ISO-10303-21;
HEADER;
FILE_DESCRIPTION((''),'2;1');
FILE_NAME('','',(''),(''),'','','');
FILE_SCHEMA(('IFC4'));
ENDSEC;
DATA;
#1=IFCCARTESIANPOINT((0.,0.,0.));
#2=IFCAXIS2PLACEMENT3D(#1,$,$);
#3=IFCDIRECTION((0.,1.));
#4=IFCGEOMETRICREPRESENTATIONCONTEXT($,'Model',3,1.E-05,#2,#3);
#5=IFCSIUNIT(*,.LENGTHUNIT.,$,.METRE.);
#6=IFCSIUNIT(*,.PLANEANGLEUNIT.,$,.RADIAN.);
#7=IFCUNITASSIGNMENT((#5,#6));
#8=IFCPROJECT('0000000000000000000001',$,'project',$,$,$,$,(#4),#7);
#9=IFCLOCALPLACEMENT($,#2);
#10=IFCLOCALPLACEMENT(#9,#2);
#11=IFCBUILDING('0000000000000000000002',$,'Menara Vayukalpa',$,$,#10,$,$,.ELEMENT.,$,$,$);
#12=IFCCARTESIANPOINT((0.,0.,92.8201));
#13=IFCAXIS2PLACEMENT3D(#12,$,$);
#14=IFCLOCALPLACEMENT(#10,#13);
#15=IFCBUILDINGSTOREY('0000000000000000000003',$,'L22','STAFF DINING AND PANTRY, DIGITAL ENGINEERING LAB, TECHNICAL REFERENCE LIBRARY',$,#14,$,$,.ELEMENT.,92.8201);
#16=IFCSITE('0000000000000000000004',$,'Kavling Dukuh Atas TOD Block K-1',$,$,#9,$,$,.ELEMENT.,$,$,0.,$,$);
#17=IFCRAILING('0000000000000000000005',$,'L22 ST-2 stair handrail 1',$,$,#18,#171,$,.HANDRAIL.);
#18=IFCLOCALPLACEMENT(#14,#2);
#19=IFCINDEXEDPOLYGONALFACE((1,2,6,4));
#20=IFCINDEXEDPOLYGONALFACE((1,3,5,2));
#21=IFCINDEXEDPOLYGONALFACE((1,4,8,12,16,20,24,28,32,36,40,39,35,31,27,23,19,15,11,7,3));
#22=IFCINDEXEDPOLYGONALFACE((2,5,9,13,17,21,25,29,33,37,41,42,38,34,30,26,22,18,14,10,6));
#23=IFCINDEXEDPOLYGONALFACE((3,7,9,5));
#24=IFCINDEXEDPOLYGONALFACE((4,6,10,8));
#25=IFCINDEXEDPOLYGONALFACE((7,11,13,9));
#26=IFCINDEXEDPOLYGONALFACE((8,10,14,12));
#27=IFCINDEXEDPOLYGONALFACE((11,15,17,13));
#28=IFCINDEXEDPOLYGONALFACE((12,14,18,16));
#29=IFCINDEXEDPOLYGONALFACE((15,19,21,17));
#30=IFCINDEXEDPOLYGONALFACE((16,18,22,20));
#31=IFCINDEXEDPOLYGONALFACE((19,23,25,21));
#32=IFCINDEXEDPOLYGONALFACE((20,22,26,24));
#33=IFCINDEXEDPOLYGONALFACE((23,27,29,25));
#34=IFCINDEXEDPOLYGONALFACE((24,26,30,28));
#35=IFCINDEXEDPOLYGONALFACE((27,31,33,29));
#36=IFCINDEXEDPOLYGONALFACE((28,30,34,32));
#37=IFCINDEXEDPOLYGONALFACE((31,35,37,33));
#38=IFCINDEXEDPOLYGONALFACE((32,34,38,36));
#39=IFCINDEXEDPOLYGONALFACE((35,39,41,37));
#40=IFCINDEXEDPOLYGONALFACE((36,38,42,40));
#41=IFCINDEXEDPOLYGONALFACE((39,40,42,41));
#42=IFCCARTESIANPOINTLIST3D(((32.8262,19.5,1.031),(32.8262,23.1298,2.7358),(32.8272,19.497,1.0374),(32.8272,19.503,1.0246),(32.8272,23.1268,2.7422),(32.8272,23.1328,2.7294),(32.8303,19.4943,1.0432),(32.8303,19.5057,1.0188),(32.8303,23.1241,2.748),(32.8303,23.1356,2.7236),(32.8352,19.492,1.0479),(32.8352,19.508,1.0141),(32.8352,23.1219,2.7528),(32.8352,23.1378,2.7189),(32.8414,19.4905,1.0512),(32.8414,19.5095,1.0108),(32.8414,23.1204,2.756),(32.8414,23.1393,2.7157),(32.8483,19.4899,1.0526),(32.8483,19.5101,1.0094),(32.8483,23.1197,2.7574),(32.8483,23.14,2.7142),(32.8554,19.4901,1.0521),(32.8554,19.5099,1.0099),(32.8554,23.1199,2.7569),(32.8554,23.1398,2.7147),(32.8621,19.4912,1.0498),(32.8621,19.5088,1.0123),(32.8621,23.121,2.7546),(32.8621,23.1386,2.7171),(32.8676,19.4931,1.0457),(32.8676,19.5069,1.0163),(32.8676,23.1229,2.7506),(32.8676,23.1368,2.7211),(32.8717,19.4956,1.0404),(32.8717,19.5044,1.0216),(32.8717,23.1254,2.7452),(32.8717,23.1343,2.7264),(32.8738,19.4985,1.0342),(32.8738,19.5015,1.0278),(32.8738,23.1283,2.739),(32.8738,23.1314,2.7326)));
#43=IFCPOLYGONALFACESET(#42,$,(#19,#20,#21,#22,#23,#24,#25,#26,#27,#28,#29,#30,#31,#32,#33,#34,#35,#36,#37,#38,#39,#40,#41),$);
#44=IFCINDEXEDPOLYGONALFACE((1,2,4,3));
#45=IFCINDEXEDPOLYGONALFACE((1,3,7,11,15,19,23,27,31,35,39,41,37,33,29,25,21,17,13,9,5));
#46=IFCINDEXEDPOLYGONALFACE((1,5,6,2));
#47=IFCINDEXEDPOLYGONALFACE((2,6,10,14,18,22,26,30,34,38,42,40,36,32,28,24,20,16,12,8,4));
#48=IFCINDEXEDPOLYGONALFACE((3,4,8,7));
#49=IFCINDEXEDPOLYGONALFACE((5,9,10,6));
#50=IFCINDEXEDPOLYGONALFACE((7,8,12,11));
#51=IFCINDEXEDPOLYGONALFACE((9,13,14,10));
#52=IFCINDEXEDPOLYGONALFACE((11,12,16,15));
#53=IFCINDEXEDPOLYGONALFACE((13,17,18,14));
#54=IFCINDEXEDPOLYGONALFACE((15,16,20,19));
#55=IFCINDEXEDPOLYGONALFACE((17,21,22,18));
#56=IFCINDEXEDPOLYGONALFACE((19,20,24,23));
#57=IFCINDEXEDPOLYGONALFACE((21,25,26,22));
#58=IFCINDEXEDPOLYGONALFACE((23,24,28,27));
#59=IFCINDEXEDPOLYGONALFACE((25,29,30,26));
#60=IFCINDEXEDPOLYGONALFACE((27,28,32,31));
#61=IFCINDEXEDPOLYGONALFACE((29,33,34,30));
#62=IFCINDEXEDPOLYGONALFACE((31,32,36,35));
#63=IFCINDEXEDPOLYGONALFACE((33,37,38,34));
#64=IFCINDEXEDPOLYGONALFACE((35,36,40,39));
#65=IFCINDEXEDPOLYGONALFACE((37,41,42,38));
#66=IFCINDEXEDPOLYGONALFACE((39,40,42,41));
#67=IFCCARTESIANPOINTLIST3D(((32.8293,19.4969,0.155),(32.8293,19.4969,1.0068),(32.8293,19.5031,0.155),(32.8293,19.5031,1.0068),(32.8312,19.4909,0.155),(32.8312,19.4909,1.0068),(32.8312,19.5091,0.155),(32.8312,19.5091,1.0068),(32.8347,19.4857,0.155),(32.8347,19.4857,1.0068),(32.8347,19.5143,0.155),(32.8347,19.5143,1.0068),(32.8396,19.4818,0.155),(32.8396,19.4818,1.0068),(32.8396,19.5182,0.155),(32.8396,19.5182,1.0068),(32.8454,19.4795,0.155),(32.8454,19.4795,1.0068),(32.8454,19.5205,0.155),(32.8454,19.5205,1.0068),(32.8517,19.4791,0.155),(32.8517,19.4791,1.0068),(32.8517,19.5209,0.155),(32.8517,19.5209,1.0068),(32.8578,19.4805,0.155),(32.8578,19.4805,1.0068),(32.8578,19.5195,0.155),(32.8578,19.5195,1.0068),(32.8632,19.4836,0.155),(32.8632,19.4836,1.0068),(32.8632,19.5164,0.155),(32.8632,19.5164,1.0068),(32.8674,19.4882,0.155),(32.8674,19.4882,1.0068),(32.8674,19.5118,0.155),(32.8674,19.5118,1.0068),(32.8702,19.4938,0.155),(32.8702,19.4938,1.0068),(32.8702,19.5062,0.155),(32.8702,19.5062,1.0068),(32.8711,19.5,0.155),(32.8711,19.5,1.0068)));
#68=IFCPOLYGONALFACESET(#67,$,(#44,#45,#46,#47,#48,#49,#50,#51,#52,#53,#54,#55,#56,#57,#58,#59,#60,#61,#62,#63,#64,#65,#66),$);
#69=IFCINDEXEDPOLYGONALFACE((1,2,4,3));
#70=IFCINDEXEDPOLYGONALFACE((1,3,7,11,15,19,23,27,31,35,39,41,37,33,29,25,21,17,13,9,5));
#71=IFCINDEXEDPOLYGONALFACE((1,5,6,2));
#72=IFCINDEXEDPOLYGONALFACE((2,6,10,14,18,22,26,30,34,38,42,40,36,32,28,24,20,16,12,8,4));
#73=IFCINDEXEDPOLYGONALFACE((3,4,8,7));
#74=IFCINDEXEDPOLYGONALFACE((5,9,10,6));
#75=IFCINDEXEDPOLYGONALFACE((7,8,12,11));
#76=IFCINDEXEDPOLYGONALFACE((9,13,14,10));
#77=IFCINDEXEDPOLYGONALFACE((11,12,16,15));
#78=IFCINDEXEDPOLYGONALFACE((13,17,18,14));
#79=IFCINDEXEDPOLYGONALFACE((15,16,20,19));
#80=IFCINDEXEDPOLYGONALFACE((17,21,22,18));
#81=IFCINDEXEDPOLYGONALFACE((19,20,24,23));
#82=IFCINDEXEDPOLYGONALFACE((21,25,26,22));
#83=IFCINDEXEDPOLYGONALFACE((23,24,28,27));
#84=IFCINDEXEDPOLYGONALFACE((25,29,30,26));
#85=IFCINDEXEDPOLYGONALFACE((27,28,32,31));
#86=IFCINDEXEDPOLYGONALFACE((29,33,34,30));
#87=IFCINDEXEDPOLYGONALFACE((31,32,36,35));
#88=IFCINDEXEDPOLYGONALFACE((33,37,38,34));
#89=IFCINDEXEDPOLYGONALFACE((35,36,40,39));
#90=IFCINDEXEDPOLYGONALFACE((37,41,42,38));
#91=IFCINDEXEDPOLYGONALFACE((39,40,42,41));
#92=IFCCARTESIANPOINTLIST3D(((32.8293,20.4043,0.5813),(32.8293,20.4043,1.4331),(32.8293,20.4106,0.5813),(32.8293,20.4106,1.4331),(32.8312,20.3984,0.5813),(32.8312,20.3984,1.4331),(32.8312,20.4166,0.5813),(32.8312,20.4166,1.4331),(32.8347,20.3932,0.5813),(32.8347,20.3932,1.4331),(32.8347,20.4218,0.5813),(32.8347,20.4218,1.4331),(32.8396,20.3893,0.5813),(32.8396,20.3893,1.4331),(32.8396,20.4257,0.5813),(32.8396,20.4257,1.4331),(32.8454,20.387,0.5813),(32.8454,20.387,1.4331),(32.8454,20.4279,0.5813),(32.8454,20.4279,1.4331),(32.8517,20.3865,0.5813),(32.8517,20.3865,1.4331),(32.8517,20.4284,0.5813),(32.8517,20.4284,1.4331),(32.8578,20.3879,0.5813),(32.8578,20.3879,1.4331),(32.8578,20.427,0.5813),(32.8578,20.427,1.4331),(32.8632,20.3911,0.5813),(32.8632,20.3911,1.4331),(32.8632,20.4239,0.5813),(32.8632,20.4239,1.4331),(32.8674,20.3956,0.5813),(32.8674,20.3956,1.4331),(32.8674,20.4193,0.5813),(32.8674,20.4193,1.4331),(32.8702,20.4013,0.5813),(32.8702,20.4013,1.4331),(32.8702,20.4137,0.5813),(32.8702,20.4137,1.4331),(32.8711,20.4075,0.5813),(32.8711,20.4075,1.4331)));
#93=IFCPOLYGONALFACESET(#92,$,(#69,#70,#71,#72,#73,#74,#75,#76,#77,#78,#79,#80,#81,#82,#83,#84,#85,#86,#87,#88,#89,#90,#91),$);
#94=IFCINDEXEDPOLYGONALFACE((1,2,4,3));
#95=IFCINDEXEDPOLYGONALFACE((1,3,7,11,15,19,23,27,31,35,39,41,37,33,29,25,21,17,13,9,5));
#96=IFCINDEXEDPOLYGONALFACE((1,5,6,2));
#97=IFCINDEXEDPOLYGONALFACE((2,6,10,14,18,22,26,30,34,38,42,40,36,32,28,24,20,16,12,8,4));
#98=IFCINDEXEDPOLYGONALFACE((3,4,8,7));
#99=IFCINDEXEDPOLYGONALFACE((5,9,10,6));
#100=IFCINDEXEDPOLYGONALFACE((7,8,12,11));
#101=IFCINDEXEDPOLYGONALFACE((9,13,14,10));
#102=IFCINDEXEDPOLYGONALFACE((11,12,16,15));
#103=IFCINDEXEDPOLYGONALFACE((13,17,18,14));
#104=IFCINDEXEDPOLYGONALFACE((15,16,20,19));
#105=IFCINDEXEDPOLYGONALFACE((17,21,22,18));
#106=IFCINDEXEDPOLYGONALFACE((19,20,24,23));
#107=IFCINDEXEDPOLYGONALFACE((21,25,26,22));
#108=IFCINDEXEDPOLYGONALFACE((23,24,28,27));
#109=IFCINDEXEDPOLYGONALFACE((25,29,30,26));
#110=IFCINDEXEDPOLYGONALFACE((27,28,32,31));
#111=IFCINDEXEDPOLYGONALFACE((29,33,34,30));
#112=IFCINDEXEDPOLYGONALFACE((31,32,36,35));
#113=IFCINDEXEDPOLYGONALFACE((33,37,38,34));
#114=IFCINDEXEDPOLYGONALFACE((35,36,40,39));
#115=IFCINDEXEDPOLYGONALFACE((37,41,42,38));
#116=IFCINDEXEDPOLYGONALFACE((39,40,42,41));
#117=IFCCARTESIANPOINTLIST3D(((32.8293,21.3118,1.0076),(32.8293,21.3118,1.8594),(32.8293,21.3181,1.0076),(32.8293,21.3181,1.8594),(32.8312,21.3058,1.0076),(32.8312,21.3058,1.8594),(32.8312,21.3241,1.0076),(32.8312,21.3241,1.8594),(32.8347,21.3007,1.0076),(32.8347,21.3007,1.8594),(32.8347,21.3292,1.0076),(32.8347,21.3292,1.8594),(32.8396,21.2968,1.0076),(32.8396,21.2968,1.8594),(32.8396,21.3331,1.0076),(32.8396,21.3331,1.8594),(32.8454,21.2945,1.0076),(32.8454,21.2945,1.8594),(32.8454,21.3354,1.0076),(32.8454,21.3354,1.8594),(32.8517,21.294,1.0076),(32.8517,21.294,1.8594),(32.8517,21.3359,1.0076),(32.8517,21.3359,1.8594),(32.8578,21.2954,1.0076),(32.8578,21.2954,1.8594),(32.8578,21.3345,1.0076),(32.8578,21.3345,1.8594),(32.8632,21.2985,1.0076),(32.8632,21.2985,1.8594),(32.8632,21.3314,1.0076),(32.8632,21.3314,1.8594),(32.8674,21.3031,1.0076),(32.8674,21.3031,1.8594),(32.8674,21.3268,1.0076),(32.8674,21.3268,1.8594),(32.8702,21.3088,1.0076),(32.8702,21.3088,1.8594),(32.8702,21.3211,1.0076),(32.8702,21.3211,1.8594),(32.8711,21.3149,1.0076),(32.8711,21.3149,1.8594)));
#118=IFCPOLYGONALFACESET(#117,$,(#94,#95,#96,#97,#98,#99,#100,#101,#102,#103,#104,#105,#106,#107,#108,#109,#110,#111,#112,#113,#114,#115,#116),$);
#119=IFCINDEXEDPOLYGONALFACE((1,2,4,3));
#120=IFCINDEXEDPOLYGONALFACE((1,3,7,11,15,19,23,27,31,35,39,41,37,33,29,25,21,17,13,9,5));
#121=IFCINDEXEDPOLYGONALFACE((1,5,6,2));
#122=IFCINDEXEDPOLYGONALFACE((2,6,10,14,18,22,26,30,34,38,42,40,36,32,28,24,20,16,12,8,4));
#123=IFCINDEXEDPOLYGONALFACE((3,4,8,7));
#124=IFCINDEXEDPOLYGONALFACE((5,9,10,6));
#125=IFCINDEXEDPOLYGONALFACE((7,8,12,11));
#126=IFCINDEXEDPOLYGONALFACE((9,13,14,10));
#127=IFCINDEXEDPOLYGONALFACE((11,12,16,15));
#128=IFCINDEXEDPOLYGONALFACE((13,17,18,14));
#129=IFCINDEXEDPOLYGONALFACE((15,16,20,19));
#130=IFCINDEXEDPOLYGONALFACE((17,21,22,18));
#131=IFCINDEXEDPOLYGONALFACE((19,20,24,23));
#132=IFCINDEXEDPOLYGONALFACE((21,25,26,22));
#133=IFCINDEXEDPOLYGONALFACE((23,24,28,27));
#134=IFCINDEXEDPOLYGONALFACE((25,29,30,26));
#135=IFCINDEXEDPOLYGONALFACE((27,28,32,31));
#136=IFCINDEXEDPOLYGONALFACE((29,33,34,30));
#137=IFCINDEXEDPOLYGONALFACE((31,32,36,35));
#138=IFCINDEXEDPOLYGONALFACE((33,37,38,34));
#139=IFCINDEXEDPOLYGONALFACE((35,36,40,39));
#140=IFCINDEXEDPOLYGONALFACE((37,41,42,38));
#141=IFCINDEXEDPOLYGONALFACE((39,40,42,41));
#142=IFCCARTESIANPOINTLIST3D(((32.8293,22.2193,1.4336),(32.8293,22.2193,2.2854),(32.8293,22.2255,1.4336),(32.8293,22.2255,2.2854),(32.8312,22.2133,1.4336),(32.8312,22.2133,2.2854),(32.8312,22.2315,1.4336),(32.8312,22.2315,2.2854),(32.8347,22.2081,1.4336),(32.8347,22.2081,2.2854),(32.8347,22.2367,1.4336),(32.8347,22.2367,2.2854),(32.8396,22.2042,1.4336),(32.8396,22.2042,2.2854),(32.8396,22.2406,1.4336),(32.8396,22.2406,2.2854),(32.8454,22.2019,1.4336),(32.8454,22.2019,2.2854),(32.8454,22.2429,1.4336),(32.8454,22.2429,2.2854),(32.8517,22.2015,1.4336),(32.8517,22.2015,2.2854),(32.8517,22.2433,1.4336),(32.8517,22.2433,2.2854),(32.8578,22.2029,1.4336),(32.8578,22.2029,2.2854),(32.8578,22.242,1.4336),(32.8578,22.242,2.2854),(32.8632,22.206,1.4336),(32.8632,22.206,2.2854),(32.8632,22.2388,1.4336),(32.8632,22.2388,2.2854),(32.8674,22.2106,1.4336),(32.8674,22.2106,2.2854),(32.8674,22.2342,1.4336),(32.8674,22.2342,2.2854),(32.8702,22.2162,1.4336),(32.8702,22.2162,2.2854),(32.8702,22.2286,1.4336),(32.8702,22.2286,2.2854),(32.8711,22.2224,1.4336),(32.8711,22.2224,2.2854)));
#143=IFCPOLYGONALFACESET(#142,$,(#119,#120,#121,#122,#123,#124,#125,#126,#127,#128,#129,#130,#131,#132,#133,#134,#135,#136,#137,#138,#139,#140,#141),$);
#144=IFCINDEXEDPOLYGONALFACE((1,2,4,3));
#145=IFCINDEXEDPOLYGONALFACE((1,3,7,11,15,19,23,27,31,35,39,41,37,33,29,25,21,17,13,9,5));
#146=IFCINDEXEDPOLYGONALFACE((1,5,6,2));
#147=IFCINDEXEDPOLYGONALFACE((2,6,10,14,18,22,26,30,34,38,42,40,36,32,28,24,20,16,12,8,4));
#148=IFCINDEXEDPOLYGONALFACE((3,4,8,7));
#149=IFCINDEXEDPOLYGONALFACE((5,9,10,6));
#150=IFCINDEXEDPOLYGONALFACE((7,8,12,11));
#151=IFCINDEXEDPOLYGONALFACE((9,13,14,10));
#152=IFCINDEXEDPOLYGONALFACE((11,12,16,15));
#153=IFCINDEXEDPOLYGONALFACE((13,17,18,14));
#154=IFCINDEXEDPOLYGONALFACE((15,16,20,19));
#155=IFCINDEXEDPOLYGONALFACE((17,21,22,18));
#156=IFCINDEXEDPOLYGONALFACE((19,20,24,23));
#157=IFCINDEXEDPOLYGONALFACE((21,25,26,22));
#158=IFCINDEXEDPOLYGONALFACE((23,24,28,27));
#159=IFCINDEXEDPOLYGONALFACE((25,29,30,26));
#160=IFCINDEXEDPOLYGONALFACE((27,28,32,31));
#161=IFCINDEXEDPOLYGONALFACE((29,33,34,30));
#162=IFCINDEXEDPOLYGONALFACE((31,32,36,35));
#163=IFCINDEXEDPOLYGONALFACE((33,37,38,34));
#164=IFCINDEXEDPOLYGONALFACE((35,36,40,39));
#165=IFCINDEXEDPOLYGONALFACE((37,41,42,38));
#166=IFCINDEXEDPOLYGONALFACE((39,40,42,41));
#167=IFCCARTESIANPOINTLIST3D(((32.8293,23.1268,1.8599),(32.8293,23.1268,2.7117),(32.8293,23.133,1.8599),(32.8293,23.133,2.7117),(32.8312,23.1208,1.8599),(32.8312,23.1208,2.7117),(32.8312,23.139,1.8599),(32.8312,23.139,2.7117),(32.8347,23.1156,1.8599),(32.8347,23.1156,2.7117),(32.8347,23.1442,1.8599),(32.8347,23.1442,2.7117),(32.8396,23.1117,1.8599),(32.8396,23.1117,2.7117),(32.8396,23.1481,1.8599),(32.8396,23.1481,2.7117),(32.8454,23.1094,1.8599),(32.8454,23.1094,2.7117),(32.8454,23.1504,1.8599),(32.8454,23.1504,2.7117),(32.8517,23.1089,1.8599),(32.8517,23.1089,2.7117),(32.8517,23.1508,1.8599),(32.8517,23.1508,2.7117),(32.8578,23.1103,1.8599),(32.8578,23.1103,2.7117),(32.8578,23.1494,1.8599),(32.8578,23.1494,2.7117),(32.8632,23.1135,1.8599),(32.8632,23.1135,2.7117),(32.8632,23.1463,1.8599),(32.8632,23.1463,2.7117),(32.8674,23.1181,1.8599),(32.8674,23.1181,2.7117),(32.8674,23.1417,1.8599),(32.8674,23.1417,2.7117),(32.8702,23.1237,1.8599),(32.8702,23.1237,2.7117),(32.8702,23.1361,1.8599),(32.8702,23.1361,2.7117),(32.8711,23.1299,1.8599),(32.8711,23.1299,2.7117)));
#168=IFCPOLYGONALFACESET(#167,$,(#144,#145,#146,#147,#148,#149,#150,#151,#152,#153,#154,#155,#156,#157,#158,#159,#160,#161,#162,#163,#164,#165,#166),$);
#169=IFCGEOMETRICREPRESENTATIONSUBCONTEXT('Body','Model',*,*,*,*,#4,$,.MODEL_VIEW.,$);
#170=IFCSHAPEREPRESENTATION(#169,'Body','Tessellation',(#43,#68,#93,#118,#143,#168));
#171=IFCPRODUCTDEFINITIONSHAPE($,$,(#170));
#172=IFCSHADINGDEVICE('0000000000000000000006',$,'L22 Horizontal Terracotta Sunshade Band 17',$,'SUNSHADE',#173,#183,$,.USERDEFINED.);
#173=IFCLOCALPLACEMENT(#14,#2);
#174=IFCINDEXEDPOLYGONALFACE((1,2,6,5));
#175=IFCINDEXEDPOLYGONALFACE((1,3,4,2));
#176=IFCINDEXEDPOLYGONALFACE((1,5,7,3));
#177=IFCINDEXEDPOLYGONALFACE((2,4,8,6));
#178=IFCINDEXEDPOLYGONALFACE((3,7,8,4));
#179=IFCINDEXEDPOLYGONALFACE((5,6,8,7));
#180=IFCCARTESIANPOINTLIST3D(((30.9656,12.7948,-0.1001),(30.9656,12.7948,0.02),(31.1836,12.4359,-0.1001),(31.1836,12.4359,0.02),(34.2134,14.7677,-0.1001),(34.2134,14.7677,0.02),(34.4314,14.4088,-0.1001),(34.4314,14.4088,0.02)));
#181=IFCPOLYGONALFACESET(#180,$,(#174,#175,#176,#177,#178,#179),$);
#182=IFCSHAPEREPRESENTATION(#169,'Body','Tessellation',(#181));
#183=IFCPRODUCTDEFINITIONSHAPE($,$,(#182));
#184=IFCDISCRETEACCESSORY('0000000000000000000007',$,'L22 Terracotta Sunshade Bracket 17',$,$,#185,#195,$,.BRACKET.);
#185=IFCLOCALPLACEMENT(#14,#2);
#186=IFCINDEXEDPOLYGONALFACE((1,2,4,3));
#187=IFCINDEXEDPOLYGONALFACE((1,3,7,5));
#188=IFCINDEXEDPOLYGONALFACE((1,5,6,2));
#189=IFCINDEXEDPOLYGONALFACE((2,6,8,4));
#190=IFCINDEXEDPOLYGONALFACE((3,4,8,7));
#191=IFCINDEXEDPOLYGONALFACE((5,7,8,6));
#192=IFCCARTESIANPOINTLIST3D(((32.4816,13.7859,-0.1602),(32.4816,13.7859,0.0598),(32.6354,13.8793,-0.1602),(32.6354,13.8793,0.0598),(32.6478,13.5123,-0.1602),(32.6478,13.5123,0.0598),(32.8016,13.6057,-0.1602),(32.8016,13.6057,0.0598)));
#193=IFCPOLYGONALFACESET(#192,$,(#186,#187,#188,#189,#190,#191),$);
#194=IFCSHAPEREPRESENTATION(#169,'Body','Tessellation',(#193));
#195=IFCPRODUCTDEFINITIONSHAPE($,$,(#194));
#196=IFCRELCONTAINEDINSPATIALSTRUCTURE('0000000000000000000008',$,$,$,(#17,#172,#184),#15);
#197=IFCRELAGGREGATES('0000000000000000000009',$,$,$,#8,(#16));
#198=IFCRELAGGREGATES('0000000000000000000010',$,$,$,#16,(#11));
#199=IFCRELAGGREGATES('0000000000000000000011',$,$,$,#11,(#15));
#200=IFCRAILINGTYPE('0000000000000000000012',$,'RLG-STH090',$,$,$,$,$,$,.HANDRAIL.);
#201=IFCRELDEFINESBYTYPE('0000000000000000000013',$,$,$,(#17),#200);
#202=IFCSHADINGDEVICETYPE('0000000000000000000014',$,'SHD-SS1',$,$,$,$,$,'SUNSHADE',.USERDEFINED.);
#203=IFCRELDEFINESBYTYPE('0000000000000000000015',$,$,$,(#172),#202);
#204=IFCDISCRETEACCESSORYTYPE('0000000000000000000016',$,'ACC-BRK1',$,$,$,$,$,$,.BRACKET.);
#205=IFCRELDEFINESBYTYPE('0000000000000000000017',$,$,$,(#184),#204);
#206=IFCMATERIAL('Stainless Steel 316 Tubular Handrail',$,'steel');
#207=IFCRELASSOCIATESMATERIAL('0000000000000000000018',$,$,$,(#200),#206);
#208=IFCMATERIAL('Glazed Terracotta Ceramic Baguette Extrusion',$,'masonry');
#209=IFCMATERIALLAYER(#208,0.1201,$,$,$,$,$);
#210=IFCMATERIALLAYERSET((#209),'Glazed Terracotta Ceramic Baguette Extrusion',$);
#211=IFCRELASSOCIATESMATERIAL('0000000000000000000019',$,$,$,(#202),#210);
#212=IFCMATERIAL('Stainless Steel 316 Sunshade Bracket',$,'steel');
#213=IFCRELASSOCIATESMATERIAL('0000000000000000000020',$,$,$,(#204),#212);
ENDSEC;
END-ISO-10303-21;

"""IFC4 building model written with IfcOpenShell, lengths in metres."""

from ifc_helpers import new_model, si_unit, direction, frame, origin, origin_2d, place, context, subcontext, project, spatial, rectangle, circle, extrude, material, layer, layer_set, type_object, element, save


model = new_model("IFC4")

# Units and contexts
model_context = context("Model", 3, precision=1e-05, world=origin(), true_north=direction((0.0, 1.0)))
body_context = subcontext(model_context, "Body", "Model", "MODEL_VIEW")
ifc_project = project(units=[si_unit("LENGTHUNIT", "METRE"), si_unit("PLANEANGLEUNIT", "RADIAN")], contexts=[model_context])

# Site, building, storey
site_placement = place(None, origin())
site = spatial("IfcSite", under=ifc_project, at=site_placement, Name="Kavling Dukuh Atas TOD Block K-1", CompositionType="ELEMENT", RefElevation=0.0)
building_placement = place(site_placement, origin())
building = spatial("IfcBuilding", under=site, at=building_placement, Name="Menara Vayukalpa", CompositionType="ELEMENT")
storey_placement = place(building_placement, frame((0.0, 0.0, 92.8201)))
storey = spatial("IfcBuildingStorey", under=building, at=storey_placement, Name="L22", Description="STAFF DINING AND PANTRY, DIGITAL ENGINEERING LAB, TECHNICAL REFERENCE LIBRARY", CompositionType="ELEMENT", Elevation=92.8201)

# Railing
ifc_material_1 = material(Name="Stainless Steel 316 Tubular Handrail", Category="steel")
railing_type_1 = type_object("IfcRailingType", Name="RLG-STH090", PredefinedType="HANDRAIL", material=ifc_material_1)
railing_1_placement = place(storey_placement, frame((32.8501, 19.5, 0.155)))
element("IfcRailing", 1, at=railing_1_placement, inside=storey, type_object=railing_type_1, Name="L22 ST-2 stair handrail 1", PredefinedType="HANDRAIL", context=body_context, shape_type="SweptSolid", body=[
    extrude(circle(Radius=0.0239, at=origin_2d()), frame((0.0, 0.0, 0.876), z_axis=(0.0, 0.90514, 0.425114), x_axis=(-1.0, 0.0, 0.0)), (0.0, 0.0, 1.0), 4.0103),
    extrude(circle(Radius=0.021, at=origin_2d()), origin(), (0.0, 0.0, 1.0), 0.8518),
    extrude(circle(Radius=0.021, at=origin_2d()), frame((0.0, 0.9075, 0.4263)), (0.0, 0.0, 1.0), 0.8518),
    extrude(circle(Radius=0.021, at=origin_2d()), frame((0.0, 1.8149, 0.8525)), (0.0, 0.0, 1.0), 0.8518),
    extrude(circle(Radius=0.021, at=origin_2d()), frame((0.0, 2.7224, 1.2786)), (0.0, 0.0, 1.0), 0.8518),
    extrude(circle(Radius=0.021, at=origin_2d()), frame((0.0, 3.6299, 1.7048)), (0.0, 0.0, 1.0), 0.8518),
])

# Shading device
ifc_material_2 = material(Name="Glazed Terracotta Ceramic Baguette Extrusion", Category="masonry")
ifc_layer_1 = layer(ifc_material_2, 0.1201)
ifc_layer_set_1 = layer_set([ifc_layer_1], Name="Glazed Terracotta Ceramic Baguette Extrusion")
shading_device_type = type_object("IfcShadingDeviceType", Name="SHD-SS1", ElementType="SUNSHADE", PredefinedType="USERDEFINED", material=ifc_layer_set_1)
shading_device_placement = place(storey_placement, frame((32.6985, 13.6018, -0.1001), z_axis=(0.0, 0.0, 1.0), x_axis=(0.854667, 0.519176, 0.0)))
element("IfcShadingDevice", 2, at=shading_device_placement, inside=storey, type_object=shading_device_type, Name="L22 Horizontal Terracotta Sunshade Band 17", ObjectType="SUNSHADE", PredefinedType="USERDEFINED", context=body_context, shape_type="SweptSolid", body=[
    extrude(rectangle(XDim=3.8, YDim=0.4199, at=origin_2d()), origin(), (0.0, 0.0, 1.0), 0.1201),
])

# Discrete accessory
ifc_material_3 = material(Name="Stainless Steel 316 Sunshade Bracket", Category="steel")
discrete_accessory_type = type_object("IfcDiscreteAccessoryType", Name="ACC-BRK1", PredefinedType="BRACKET", material=ifc_material_3)
discrete_accessory_placement = place(storey_placement, frame((32.6416, 13.6958, -0.1602), z_axis=(0.0, 0.0, 1.0), x_axis=(0.854667, 0.519176, 0.0)))
element("IfcDiscreteAccessory", 3, at=discrete_accessory_placement, inside=storey, type_object=discrete_accessory_type, Name="L22 Terracotta Sunshade Bracket 17", PredefinedType="BRACKET", context=body_context, shape_type="SweptSolid", body=[
    extrude(rectangle(XDim=0.1799, YDim=0.3201, at=origin_2d()), origin(), (0.0, 0.0, 1.0), 0.22),
])

save(model, "model.ifc")
